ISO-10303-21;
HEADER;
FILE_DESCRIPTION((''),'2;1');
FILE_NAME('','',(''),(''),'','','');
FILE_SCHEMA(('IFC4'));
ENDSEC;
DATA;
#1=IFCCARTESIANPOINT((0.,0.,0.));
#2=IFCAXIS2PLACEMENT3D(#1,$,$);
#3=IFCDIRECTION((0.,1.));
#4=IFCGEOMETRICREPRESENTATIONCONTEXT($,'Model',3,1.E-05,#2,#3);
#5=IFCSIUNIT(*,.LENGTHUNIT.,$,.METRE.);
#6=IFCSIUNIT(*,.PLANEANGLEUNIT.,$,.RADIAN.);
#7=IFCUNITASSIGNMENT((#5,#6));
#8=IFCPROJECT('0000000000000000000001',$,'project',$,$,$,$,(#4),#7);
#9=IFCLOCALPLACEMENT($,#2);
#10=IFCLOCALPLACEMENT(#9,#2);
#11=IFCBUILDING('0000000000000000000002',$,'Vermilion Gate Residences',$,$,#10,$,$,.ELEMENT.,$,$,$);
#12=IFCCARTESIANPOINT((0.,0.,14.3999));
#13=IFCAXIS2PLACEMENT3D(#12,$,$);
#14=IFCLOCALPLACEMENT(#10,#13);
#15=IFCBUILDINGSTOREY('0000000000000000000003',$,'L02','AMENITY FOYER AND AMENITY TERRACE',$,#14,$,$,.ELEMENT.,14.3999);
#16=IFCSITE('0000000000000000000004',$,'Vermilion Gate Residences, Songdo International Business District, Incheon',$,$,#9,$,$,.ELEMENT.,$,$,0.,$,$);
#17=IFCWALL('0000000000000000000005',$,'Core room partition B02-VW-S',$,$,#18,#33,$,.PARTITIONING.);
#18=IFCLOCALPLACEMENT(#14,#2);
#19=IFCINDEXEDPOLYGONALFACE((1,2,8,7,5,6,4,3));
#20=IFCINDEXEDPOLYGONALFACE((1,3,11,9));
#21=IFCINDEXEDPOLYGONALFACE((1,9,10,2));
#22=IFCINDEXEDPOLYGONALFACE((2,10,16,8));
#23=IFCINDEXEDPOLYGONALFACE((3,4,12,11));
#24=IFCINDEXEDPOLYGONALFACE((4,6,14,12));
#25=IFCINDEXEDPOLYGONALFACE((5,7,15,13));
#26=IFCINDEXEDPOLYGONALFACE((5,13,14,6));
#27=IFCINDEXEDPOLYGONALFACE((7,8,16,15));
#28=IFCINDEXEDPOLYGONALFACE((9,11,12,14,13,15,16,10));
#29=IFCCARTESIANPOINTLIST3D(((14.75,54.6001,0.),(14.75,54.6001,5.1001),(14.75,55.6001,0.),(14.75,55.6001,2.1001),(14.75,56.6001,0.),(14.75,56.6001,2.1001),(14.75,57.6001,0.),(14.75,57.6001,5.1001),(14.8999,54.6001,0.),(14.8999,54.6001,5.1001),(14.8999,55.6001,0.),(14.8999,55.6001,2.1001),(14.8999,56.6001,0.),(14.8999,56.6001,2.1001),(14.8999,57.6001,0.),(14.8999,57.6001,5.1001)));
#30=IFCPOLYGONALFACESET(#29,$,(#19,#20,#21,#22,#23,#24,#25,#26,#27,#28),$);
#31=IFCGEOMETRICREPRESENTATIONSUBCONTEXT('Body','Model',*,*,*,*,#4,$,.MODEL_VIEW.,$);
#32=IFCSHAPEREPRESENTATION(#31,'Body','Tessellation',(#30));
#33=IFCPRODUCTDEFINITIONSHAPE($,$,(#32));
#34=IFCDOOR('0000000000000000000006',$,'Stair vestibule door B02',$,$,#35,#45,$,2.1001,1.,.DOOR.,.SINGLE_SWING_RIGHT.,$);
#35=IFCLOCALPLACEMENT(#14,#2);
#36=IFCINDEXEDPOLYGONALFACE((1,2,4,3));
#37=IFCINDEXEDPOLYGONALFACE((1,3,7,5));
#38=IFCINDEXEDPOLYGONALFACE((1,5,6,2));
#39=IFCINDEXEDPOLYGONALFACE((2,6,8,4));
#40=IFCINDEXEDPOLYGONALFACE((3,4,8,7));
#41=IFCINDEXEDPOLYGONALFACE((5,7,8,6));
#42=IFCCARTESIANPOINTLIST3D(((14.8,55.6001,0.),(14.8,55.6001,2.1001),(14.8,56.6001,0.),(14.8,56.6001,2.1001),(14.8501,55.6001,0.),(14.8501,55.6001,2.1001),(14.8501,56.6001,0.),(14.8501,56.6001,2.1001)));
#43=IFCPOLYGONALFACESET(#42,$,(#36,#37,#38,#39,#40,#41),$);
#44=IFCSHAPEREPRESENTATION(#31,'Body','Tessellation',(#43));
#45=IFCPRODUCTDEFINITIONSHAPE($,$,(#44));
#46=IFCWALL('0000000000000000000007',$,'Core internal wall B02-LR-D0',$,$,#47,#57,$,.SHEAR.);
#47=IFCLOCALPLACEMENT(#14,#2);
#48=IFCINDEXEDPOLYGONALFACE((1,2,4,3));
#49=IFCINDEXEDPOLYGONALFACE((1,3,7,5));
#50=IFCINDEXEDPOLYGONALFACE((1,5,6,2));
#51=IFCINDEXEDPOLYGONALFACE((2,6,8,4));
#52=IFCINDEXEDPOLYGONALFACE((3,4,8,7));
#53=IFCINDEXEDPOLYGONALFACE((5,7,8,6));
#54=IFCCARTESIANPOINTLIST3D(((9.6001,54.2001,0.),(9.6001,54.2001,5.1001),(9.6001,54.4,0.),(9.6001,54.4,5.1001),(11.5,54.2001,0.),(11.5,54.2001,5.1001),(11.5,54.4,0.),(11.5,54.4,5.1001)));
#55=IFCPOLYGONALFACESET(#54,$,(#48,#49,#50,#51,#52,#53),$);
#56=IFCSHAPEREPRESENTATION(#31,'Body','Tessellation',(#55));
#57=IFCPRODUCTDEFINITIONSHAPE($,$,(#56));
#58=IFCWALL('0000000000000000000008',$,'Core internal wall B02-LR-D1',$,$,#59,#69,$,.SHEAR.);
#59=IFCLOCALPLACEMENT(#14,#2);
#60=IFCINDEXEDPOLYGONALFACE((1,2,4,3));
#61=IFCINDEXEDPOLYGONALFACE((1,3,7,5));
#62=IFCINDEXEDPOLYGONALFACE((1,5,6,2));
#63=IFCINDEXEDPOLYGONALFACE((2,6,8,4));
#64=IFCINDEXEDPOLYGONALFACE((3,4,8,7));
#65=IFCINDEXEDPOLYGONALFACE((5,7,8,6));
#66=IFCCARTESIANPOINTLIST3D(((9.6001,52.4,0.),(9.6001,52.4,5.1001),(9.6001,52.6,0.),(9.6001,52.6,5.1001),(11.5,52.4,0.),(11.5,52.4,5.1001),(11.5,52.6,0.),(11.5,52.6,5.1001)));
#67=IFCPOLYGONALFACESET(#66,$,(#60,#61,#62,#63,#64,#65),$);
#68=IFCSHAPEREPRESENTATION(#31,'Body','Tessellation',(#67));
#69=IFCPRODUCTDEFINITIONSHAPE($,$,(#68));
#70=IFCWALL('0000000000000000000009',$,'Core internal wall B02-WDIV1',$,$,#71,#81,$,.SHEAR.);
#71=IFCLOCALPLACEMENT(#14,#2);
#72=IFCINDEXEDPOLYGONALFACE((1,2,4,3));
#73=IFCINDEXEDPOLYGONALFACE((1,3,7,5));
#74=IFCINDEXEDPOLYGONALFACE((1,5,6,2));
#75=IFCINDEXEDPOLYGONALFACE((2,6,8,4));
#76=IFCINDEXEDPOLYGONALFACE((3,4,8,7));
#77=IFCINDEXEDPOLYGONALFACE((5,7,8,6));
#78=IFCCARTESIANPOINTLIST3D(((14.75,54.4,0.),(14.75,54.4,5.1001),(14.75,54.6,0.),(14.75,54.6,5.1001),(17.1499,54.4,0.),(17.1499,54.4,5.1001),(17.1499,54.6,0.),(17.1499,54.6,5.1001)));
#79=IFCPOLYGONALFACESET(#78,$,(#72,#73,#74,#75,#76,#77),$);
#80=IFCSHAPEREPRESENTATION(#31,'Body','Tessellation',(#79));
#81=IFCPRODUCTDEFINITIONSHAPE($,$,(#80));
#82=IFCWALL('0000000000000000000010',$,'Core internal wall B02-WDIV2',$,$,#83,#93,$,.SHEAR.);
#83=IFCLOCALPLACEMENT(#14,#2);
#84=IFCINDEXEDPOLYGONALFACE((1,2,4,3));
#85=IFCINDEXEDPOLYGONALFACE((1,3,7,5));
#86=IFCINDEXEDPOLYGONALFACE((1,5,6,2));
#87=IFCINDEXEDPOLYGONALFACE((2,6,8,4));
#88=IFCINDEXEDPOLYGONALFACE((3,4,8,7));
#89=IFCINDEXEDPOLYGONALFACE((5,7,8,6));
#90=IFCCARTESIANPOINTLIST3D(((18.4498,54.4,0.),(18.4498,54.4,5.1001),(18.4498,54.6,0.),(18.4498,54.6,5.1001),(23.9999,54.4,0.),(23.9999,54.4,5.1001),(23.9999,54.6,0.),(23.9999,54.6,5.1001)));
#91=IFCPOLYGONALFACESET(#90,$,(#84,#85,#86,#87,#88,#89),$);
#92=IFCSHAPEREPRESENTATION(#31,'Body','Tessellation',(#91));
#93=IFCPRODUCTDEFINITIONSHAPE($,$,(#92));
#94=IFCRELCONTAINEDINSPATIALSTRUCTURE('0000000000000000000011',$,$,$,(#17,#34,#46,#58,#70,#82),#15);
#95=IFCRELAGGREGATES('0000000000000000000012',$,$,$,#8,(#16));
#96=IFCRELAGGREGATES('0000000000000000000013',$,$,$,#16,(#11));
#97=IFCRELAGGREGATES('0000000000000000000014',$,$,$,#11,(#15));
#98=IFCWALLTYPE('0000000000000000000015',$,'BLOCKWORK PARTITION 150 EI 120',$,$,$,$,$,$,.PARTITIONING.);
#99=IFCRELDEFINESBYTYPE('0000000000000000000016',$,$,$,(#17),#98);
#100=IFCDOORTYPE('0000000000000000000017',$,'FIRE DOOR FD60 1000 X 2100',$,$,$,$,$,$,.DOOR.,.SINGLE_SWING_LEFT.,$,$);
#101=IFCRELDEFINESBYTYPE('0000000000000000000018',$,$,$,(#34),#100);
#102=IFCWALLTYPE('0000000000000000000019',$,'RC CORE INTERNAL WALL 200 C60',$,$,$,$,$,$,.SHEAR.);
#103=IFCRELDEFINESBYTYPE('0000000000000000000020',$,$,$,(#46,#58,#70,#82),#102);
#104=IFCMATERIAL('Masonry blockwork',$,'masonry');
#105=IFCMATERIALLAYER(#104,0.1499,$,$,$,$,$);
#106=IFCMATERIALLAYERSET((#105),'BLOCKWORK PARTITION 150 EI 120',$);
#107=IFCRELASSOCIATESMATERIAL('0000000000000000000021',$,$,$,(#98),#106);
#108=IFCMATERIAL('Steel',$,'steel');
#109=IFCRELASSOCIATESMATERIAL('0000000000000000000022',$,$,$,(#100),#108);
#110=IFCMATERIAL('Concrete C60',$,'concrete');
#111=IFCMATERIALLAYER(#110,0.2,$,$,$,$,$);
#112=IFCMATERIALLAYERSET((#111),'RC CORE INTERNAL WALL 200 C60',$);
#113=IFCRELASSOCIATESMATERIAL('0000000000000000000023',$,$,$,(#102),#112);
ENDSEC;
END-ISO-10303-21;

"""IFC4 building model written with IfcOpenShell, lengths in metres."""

from ifc_helpers import new_model, si_unit, direction, frame, frame_2d, origin, place, context, subcontext, project, spatial, rectangle, extrude, material, layer, layer_set, type_object, element, fill, save


model = new_model("IFC4")

# Units and contexts
model_context = context("Model", 3, precision=1e-05, world=origin(), true_north=direction((0.0, 1.0)))
body_context = subcontext(model_context, "Body", "Model", "MODEL_VIEW")
ifc_project = project(units=[si_unit("LENGTHUNIT", "METRE"), si_unit("PLANEANGLEUNIT", "RADIAN")], contexts=[model_context])

# Site, building, storey
site_placement = place(None, origin())
site = spatial("IfcSite", under=ifc_project, at=site_placement, Name="Vermilion Gate Residences, Songdo International Business District, Incheon", CompositionType="ELEMENT", RefElevation=0.0)
building_placement = place(site_placement, origin())
building = spatial("IfcBuilding", under=site, at=building_placement, Name="Vermilion Gate Residences", CompositionType="ELEMENT")
storey_placement = place(building_placement, frame((0.0, 0.0, 14.3999)))
storey = spatial("IfcBuildingStorey", under=building, at=storey_placement, Name="L02", Description="AMENITY FOYER AND AMENITY TERRACE", CompositionType="ELEMENT", Elevation=14.3999)

# Wall, opening, door
ifc_material_1 = material(Name="Masonry blockwork", Category="masonry")
ifc_layer_1 = layer(ifc_material_1, 0.1499)
ifc_layer_set_1 = layer_set([ifc_layer_1], Name="BLOCKWORK PARTITION 150 EI 120")
wall_type_1 = type_object("IfcWallType", Name="BLOCKWORK PARTITION 150 EI 120", PredefinedType="PARTITIONING", material=ifc_layer_set_1)
wall_1_placement = place(storey_placement, frame((14.825, 57.6001, 0.0), z_axis=(0.0, 0.0, 1.0), x_axis=(0.0, -1.0, 0.0)))
wall_1 = element("IfcWall", 1, at=wall_1_placement, inside=storey, type_object=wall_type_1, Name="Core room partition B02-VW-S", PredefinedType="PARTITIONING", context=body_context, shape_type="SweptSolid", body=[
    extrude(rectangle(XDim=3.0, YDim=0.1499, at=frame_2d((1.5, 0.0))), origin(), (0.0, 0.0, 1.0), 5.1001),
])
opening_1_placement = place(wall_1_placement, frame((1.0, 0.0, 0.0)))
opening_1 = element("IfcOpeningElement", 2, at=opening_1_placement, cuts=wall_1, PredefinedType="OPENING", context=body_context, shape_type="SweptSolid", body=[
    extrude(rectangle(XDim=1.0, YDim=2.1001, at=frame_2d((0.5, 1.05))), frame((0.0, 0.085, 0.0), z_axis=(0.0, -1.0, 0.0), x_axis=(1.0, 0.0, 0.0)), (0.0, 0.0, 1.0), 0.1699),
])
ifc_material_2 = material(Name="Steel", Category="steel")
door_type_1 = type_object("IfcDoorType", Name="FIRE DOOR FD60 1000 X 2100", OperationType="SINGLE_SWING_LEFT", PredefinedType="DOOR", material=ifc_material_2)
door_1_placement = place(opening_1_placement, frame((1.0, 0.0, 0.0), z_axis=(0.0, 0.0, 1.0), x_axis=(-1.0, 0.0, 0.0)))
door_1 = element("IfcDoor", 3, at=door_1_placement, inside=storey, type_object=door_type_1, Name="Stair vestibule door B02", OperationType="SINGLE_SWING_RIGHT", OverallHeight=2.1001, OverallWidth=1.0, PredefinedType="DOOR", context=body_context, shape_type="SweptSolid", body=[
    extrude(rectangle(XDim=1.0, YDim=2.1001, at=frame_2d((0.5, 1.05))), frame((0.0, 0.0249, 0.0), z_axis=(0.0, -1.0, 0.0), x_axis=(1.0, 0.0, 0.0)), (0.0, 0.0, 1.0), 0.05),
])
fill(opening_1, door_1)

# Walls
ifc_material_3 = material(Name="Concrete C60", Category="concrete")
ifc_layer_2 = layer(ifc_material_3, 0.2)
ifc_layer_set_2 = layer_set([ifc_layer_2], Name="RC CORE INTERNAL WALL 200 C60")
wall_type_2 = type_object("IfcWallType", Name="RC CORE INTERNAL WALL 200 C60", PredefinedType="SHEAR", material=ifc_layer_set_2)
for number, where, z_axis, x_axis, name in (
    (4, (9.6001, 54.3, 0.0), (0.0, 0.0, 1.0), (1.0, 0.0, 0.0), "Core internal wall B02-LR-D0"),
    (5, (9.6001, 52.5, 0.0), (0.0, 0.0, 1.0), (1.0, 0.0, 0.0), "Core internal wall B02-LR-D1"),
):
    element("IfcWall", number, at=place(storey_placement, frame(where, z_axis=z_axis, x_axis=x_axis)), inside=storey, type_object=wall_type_2, Name=name, PredefinedType="SHEAR", context=body_context, shape_type="SweptSolid", body=[
        extrude(rectangle(XDim=1.8999, YDim=0.2, at=frame_2d((0.95, 0.0))), origin(), (0.0, 0.0, 1.0), 5.1001),
    ])
wall_2_placement = place(storey_placement, frame((14.75, 54.5, 0.0), z_axis=(0.0, 0.0, 1.0), x_axis=(1.0, 0.0, 0.0)))
element("IfcWall", 6, at=wall_2_placement, inside=storey, type_object=wall_type_2, Name="Core internal wall B02-WDIV1", PredefinedType="SHEAR", context=body_context, shape_type="SweptSolid", body=[
    extrude(rectangle(XDim=2.3999, YDim=0.2, at=frame_2d((1.2, 0.0))), origin(), (0.0, 0.0, 1.0), 5.1001),
])
wall_3_placement = place(storey_placement, frame((18.45, 54.5, 0.0), z_axis=(0.0, 0.0, 1.0), x_axis=(1.0, 0.0, 0.0)))
element("IfcWall", 7, at=wall_3_placement, inside=storey, type_object=wall_type_2, Name="Core internal wall B02-WDIV2", PredefinedType="SHEAR", context=body_context, shape_type="SweptSolid", body=[
    extrude(rectangle(XDim=5.55, YDim=0.2, at=frame_2d((2.7749, 0.0))), origin(), (0.0, 0.0, 1.0), 5.1001),
])

save(model, "model.ifc")
